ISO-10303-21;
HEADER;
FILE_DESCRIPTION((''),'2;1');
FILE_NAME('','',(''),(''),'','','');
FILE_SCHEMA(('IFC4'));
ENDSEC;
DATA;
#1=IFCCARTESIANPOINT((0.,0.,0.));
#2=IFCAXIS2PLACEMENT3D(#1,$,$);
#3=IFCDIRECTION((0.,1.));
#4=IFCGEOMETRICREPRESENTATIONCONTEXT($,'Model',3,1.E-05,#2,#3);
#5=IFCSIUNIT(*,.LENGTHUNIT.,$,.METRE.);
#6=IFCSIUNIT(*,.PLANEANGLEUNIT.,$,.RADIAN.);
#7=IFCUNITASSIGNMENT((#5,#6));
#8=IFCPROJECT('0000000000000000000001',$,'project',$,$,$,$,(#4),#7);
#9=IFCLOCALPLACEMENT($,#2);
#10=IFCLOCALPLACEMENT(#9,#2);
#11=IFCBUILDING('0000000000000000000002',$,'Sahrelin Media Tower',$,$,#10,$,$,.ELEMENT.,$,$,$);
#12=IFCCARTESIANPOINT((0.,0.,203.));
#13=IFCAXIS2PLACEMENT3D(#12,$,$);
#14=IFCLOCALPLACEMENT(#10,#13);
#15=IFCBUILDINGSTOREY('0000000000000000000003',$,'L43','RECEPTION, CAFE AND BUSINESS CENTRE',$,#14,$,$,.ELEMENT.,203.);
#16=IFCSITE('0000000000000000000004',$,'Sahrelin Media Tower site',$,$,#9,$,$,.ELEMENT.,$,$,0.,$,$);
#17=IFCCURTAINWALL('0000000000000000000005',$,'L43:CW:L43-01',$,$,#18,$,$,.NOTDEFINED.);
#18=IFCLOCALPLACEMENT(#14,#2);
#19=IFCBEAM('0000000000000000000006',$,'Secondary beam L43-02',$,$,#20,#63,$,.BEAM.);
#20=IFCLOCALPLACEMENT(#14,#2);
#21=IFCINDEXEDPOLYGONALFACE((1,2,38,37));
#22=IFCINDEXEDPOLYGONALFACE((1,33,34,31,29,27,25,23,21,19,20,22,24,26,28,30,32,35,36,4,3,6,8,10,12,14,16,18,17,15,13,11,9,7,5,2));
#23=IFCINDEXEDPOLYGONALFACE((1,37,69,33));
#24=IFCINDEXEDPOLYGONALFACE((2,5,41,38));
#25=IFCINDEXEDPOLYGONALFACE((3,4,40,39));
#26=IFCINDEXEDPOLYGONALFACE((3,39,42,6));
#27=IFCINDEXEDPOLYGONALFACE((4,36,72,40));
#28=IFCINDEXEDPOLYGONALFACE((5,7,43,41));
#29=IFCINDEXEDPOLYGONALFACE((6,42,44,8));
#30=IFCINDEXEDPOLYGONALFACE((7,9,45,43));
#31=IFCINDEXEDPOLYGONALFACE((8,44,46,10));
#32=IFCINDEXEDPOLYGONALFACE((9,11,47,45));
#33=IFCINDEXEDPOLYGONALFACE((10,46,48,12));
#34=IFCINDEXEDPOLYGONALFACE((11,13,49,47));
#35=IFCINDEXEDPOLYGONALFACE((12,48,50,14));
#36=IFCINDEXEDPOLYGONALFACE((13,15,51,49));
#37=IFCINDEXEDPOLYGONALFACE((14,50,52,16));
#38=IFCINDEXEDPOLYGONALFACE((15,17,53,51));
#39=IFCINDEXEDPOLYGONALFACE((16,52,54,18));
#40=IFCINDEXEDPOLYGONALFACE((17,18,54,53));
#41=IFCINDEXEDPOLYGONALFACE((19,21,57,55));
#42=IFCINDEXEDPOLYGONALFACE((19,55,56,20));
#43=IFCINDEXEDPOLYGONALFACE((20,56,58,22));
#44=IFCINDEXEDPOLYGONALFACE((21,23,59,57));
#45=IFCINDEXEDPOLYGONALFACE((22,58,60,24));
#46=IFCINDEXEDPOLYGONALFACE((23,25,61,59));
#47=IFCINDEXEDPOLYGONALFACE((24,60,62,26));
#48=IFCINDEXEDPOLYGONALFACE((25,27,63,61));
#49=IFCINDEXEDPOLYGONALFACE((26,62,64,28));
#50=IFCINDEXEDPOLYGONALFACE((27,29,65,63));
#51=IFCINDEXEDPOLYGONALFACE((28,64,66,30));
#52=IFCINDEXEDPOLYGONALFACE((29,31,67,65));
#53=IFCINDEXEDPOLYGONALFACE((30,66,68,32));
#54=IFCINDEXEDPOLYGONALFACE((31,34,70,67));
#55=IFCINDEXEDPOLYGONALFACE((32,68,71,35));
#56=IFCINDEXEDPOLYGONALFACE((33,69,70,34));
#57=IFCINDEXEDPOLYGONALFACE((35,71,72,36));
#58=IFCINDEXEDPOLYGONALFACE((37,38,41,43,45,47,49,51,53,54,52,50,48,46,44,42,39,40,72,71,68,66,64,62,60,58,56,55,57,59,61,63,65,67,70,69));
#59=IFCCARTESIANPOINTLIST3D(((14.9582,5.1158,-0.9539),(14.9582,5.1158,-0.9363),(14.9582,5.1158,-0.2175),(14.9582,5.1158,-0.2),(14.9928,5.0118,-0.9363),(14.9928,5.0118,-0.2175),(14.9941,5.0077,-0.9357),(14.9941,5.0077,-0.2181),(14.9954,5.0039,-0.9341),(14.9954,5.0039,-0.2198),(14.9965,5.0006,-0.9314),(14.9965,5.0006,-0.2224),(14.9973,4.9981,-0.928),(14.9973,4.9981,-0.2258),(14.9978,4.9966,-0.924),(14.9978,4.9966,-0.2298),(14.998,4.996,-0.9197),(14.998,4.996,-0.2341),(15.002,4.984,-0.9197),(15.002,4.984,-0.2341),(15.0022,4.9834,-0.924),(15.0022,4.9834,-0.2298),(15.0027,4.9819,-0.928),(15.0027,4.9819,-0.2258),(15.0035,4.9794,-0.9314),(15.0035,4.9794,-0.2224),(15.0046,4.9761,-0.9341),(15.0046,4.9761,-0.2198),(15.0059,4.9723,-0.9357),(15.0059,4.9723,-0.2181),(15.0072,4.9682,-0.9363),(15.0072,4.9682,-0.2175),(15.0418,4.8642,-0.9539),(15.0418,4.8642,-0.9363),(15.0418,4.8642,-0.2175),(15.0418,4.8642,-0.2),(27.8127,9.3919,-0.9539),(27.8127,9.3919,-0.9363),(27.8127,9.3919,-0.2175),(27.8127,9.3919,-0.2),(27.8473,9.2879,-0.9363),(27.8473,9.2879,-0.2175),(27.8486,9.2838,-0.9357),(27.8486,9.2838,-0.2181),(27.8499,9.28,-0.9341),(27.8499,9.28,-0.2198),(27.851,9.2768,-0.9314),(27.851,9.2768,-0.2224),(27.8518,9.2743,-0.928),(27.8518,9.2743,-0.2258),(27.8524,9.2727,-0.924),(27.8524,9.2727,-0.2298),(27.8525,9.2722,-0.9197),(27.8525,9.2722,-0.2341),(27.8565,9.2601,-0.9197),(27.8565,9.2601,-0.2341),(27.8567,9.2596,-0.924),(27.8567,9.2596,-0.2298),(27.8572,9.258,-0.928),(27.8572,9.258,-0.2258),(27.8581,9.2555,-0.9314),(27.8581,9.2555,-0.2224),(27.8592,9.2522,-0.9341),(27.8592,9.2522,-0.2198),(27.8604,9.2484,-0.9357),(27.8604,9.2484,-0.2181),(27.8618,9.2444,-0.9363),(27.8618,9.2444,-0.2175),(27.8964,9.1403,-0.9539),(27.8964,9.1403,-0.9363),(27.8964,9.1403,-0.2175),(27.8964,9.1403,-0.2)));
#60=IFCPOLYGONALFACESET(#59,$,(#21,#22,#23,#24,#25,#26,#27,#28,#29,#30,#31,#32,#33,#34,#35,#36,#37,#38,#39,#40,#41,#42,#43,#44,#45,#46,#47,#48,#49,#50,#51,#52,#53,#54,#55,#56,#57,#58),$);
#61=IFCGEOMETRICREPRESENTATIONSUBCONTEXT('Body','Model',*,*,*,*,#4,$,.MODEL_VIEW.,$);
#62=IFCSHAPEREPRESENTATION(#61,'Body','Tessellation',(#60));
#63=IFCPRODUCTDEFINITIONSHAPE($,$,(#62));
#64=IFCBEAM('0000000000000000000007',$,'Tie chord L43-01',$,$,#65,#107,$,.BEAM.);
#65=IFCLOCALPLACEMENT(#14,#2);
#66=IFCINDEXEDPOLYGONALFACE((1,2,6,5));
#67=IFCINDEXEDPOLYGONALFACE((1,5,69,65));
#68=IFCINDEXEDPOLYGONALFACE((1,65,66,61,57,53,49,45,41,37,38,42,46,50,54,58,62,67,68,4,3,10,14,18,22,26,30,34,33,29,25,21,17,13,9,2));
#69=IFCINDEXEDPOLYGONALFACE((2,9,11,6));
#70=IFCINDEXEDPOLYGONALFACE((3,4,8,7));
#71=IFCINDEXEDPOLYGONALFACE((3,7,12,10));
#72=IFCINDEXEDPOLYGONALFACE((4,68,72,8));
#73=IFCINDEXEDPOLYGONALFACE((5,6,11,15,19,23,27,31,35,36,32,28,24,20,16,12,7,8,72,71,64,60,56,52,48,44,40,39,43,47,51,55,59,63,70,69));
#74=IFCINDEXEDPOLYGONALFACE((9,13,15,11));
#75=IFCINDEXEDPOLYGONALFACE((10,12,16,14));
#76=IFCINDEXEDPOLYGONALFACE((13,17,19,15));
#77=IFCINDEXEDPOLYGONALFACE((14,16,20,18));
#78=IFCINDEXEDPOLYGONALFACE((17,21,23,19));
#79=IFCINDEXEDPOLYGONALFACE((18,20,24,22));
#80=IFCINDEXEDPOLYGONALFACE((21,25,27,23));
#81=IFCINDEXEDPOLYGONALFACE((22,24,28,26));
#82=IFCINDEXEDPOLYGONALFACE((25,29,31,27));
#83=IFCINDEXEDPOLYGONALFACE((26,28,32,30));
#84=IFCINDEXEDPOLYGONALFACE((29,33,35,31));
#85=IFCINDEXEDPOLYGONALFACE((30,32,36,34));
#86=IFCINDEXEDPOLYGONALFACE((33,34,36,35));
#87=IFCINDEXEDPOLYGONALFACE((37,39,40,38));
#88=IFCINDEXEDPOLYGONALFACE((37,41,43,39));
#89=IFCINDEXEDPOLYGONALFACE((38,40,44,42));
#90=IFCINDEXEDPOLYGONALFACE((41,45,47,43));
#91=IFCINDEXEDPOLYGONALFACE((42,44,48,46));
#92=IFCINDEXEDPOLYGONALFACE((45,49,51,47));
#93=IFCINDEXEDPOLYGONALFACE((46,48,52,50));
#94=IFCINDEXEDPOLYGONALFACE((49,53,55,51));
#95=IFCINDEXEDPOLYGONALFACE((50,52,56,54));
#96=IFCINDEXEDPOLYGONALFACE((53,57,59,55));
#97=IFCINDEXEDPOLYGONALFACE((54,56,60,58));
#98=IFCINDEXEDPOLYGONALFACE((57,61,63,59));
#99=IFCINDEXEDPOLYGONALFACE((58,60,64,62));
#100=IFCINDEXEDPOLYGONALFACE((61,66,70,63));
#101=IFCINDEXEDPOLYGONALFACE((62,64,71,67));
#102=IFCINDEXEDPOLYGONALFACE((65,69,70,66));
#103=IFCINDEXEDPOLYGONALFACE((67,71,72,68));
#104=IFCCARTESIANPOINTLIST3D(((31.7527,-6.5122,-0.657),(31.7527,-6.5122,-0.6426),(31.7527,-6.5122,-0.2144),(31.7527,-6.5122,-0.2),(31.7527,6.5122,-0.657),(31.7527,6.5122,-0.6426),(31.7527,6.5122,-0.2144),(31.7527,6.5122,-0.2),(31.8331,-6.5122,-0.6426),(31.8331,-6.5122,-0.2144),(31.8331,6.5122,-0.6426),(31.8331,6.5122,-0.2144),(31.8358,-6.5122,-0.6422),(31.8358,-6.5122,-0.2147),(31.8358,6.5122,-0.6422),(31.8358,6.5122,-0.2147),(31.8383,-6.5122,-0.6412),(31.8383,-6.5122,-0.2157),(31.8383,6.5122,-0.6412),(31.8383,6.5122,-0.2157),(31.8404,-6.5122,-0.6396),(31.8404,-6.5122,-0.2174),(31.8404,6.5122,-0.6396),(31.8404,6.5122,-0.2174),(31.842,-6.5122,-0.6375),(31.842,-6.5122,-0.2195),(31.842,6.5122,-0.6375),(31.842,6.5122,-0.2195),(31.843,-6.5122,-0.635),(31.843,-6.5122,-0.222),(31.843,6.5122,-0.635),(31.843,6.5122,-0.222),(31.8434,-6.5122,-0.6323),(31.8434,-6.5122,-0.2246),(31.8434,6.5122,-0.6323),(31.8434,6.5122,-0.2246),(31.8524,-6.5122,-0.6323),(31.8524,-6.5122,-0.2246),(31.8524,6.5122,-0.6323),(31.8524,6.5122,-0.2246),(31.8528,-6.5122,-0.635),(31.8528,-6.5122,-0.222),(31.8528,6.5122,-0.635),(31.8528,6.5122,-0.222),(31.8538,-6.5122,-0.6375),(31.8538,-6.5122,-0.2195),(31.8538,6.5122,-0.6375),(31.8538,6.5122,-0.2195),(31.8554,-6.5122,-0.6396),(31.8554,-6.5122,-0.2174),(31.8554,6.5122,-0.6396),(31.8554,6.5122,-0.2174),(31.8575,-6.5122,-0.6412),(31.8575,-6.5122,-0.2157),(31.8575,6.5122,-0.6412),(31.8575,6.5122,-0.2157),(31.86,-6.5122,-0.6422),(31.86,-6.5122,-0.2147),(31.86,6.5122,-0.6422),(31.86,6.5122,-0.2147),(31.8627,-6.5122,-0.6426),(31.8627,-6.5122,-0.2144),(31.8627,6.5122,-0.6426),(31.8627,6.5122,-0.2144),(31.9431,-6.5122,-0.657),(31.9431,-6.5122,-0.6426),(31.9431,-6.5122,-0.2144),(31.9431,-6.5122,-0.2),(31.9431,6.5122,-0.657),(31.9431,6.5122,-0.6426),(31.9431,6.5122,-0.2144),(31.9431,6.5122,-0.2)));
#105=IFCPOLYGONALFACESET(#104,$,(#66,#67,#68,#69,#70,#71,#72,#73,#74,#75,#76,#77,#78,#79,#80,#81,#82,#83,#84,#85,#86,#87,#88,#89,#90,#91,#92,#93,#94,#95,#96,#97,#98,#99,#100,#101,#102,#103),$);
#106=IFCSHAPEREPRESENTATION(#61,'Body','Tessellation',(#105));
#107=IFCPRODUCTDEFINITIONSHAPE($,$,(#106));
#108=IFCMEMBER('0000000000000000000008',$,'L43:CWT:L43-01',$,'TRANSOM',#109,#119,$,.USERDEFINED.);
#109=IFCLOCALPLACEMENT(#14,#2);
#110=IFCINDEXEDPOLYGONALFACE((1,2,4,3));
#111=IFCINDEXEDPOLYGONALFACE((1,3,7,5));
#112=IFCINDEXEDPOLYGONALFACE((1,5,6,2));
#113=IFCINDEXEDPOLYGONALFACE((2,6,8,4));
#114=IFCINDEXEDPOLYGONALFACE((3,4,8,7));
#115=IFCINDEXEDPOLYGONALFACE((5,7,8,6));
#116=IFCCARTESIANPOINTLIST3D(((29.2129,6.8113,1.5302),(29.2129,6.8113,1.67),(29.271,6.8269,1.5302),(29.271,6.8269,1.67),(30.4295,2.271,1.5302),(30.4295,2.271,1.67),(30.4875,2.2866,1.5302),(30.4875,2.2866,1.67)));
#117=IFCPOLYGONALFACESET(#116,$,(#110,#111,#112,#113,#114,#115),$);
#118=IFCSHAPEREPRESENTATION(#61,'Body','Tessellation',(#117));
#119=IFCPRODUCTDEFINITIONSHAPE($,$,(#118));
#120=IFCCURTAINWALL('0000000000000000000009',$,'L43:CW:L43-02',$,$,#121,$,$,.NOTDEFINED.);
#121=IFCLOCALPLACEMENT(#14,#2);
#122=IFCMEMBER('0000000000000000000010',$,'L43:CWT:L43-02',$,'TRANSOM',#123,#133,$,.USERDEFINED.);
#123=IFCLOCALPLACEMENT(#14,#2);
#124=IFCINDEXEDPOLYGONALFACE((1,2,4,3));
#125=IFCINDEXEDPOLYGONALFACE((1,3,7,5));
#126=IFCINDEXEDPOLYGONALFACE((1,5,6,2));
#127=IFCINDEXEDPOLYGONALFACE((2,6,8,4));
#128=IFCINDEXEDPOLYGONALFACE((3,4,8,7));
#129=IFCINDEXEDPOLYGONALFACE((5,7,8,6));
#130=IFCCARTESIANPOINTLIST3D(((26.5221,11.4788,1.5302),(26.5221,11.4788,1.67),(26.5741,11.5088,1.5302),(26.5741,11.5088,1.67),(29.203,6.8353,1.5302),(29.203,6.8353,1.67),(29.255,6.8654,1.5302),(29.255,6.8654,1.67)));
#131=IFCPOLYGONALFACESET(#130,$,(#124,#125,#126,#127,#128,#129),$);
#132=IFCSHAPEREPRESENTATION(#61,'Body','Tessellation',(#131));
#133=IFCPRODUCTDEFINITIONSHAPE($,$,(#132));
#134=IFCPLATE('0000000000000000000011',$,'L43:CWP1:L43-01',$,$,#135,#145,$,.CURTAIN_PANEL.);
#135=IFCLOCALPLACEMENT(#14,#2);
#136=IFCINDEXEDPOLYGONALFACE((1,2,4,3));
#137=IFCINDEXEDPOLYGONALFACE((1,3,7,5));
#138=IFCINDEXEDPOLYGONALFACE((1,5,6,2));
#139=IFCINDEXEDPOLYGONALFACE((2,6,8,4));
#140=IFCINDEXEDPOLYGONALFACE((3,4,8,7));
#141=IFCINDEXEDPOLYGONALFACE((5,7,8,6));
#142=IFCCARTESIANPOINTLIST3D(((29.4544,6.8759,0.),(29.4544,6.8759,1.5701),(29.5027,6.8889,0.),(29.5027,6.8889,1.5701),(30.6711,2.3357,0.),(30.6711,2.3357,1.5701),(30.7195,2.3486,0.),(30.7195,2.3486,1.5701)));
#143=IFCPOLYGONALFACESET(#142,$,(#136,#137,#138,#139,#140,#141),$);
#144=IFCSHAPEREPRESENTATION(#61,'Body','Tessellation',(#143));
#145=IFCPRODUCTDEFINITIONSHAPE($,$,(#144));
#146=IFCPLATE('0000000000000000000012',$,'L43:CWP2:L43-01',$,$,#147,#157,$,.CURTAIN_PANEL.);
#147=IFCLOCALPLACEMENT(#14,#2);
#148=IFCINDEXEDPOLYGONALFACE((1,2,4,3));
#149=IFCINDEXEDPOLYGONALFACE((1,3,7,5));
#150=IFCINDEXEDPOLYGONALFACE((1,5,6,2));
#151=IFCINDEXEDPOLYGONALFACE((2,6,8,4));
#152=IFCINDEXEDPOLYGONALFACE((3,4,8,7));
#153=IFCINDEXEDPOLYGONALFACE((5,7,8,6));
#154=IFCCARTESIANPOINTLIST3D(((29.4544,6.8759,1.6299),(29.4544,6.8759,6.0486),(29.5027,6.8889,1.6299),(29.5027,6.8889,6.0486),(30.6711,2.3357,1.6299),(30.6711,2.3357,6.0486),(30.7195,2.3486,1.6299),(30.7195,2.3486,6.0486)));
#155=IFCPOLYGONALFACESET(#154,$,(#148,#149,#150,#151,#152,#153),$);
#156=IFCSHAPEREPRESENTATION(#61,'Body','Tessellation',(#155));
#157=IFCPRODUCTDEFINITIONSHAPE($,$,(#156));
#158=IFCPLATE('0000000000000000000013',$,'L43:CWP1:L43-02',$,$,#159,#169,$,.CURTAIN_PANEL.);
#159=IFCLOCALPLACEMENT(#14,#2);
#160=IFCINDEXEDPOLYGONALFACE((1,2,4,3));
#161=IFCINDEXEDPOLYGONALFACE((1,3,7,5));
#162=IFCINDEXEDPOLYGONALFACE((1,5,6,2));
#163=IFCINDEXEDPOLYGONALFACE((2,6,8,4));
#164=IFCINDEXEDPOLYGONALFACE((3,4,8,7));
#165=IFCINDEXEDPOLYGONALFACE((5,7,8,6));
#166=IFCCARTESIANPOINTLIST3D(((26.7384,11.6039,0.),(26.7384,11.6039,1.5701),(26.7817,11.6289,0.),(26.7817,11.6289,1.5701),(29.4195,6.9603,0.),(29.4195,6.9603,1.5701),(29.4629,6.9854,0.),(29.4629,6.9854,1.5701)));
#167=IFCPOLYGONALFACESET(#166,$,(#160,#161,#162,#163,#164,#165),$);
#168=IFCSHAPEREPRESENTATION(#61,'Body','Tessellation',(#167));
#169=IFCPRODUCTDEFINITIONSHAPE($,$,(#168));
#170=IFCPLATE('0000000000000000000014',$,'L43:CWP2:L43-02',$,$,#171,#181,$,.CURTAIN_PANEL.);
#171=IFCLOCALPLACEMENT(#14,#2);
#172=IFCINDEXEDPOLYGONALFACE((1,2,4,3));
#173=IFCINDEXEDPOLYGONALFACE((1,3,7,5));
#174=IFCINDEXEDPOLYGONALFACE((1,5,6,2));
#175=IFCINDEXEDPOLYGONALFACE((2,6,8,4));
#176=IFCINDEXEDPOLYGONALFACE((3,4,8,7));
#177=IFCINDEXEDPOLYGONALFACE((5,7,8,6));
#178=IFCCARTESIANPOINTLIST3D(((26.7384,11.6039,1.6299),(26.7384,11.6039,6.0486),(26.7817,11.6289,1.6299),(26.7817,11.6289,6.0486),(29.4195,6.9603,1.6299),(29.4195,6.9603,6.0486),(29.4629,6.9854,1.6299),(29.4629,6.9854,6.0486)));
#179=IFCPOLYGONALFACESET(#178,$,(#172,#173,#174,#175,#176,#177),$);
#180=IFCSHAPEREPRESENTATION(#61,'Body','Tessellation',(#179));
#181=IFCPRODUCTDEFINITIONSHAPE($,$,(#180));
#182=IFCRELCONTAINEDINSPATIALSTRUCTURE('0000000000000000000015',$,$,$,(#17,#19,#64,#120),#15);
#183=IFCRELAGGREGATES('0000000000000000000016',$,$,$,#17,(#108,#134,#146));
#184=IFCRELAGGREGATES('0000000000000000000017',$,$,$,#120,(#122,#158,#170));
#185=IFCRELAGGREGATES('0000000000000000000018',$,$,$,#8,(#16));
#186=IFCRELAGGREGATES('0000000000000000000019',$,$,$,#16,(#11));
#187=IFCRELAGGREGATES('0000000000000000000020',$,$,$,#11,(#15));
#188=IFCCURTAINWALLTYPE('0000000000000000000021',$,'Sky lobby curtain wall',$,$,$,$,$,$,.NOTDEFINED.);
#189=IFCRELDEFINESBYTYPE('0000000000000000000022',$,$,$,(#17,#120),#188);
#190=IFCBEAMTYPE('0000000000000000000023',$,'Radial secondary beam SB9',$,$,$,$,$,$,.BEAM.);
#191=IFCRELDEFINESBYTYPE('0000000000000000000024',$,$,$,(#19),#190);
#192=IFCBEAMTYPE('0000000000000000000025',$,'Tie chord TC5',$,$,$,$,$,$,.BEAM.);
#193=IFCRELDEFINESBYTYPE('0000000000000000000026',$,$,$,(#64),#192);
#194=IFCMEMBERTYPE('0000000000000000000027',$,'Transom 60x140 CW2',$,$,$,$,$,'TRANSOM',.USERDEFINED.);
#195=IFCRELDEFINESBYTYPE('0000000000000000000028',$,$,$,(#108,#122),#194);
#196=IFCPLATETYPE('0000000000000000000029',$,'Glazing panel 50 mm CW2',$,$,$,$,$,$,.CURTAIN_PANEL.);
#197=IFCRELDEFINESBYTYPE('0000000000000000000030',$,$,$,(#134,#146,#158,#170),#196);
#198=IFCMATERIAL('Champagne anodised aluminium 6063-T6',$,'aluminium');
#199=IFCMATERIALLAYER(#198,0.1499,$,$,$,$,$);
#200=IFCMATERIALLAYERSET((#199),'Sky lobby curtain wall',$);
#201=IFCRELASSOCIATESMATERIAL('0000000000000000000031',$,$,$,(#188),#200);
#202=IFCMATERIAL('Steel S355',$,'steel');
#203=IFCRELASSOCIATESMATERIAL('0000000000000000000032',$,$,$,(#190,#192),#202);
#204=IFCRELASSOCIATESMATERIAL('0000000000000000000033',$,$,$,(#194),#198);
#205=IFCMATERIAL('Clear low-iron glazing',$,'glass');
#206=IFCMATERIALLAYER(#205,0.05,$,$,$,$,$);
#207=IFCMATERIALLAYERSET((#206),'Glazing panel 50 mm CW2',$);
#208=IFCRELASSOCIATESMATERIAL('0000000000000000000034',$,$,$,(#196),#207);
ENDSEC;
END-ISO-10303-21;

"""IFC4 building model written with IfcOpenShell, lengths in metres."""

from ifc_helpers import new_model, si_unit, direction, frame, origin, origin_2d, place, context, subcontext, project, spatial, polyline, rectangle, i_section, outline, extrude, material, layer, layer_set, material_profile, profile_set, type_object, element, aggregate, save


model = new_model("IFC4")

# Units and contexts
model_context = context("Model", 3, precision=1e-05, world=origin(), true_north=direction((0.0, 1.0)))
body_context = subcontext(model_context, "Body", "Model", "MODEL_VIEW")
ifc_project = project(units=[si_unit("LENGTHUNIT", "METRE"), si_unit("PLANEANGLEUNIT", "RADIAN")], contexts=[model_context])

# Site, building, storey
site_placement = place(None, origin())
site = spatial("IfcSite", under=ifc_project, at=site_placement, Name="Sahrelin Media Tower site", CompositionType="ELEMENT", RefElevation=0.0)
building_placement = place(site_placement, origin())
building = spatial("IfcBuilding", under=site, at=building_placement, Name="Sahrelin Media Tower", CompositionType="ELEMENT")
storey_placement = place(building_placement, frame((0.0, 0.0, 203.0)))
storey = spatial("IfcBuildingStorey", under=building, at=storey_placement, Name="L43", Description="RECEPTION, CAFE AND BUSINESS CENTRE", CompositionType="ELEMENT", Elevation=203.0)

# Shared definitions
ifc_material_1 = material(Name="Steel S355", Category="steel")

# Curtain wall
ifc_material_2 = material(Name="Champagne anodised aluminium 6063-T6", Category="aluminium")
ifc_layer_1 = layer(ifc_material_2, 0.1499)
ifc_layer_set_1 = layer_set([ifc_layer_1], Name="Sky lobby curtain wall")
curtain_wall_type = type_object("IfcCurtainWallType", Name="Sky lobby curtain wall", PredefinedType="NOTDEFINED", material=ifc_layer_set_1)
curtain_wall_1_placement = place(storey_placement, frame((30.0918, 4.6135, 0.0), z_axis=(0.0, 0.0, 1.0), x_axis=(1.0, 0.0, 0.0)))
curtain_wall_1 = element("IfcCurtainWall", 1, at=curtain_wall_1_placement, inside=storey, type_object=curtain_wall_type, Name="L43:CW:L43-01", PredefinedType="NOTDEFINED")

# Beams
ifc_material_profile_1 = material_profile(ifc_material_1, i_section(OverallWidth=0.2651, OverallDepth=0.7539, WebThickness=0.0127, FlangeThickness=0.0176, FilletRadius=0.0166, at=origin_2d()), Name="UB 762x267x147")
ifc_profile_set_1 = profile_set([ifc_material_profile_1], Name="Steel S355")
beam_type_1 = type_object("IfcBeamType", Name="Radial secondary beam SB9", PredefinedType="BEAM", material=ifc_profile_set_1)
beam_1_placement = place(storey_placement, frame((15.0, 4.99, -0.5769), z_axis=(0.948876, 0.315649, 0.0), x_axis=(-0.315649, 0.948876, 0.0)))
element("IfcBeam", 2, at=beam_1_placement, inside=storey, type_object=beam_type_1, Name="Secondary beam L43-02", PredefinedType="BEAM", context=body_context, shape_type="SweptSolid", body=[
    extrude(i_section(OverallWidth=0.2651, OverallDepth=0.7539, WebThickness=0.0127, FlangeThickness=0.0176, FilletRadius=0.0166, at=origin_2d()), origin(), (0.0, 0.0, 1.0), 13.5471),
])
ifc_material_profile_2 = material_profile(ifc_material_1, i_section(OverallWidth=0.1904, OverallDepth=0.457, WebThickness=0.009, FlangeThickness=0.0144, FilletRadius=0.0103, at=origin_2d()), Name="UB 457x191x74")
ifc_profile_set_2 = profile_set([ifc_material_profile_2], Name="Steel S355")
beam_type_2 = type_object("IfcBeamType", Name="Tie chord TC5", PredefinedType="BEAM", material=ifc_profile_set_2)
beam_2_placement = place(storey_placement, frame((31.8479, 6.5122, -0.4285), z_axis=(0.0, -1.0, 0.0), x_axis=(1.0, 0.0, 0.0)))
element("IfcBeam", 3, at=beam_2_placement, inside=storey, type_object=beam_type_2, Name="Tie chord L43-01", PredefinedType="BEAM", context=body_context, shape_type="SweptSolid", body=[
    extrude(i_section(OverallWidth=0.1904, OverallDepth=0.457, WebThickness=0.009, FlangeThickness=0.0144, FilletRadius=0.0103, at=origin_2d()), origin(), (0.0, 0.0, 1.0), 13.0244),
])

# Member
ifc_material_profile_3 = material_profile(ifc_material_2, rectangle(XDim=0.0601, YDim=0.1399, at=origin_2d()), Name="Transom 60x140")
ifc_profile_set_3 = profile_set([ifc_material_profile_3], Name="Champagne anodised aluminium 6063-T6")
member_type_1 = type_object("IfcMemberType", Name="Transom 60x140 CW2", ElementType="TRANSOM", PredefinedType="USERDEFINED", material=ifc_profile_set_3)
member_1_placement = place(storey_placement, frame((30.4585, 2.2788, 1.6001), z_axis=(-0.258817, 0.965926, 0.0), x_axis=(-0.965926, -0.258817, 0.0)))
member_1 = element("IfcMember", 4, at=member_1_placement, type_object=member_type_1, Name="L43:CWT:L43-01", ObjectType="TRANSOM", PredefinedType="USERDEFINED", context=body_context, shape_type="SweptSolid", body=[
    extrude(rectangle(XDim=0.0601, YDim=0.1399, at=origin_2d()), origin(), (0.0, 0.0, 1.0), 4.7004),
])

# Curtain wall, member
curtain_wall_2_placement = place(storey_placement, frame((28.105, 9.2971, 0.0), z_axis=(0.0, 0.0, 1.0), x_axis=(1.0, 0.0, 0.0)))
curtain_wall_2 = element("IfcCurtainWall", 5, at=curtain_wall_2_placement, inside=storey, type_object=curtain_wall_type, Name="L43:CW:L43-02", PredefinedType="NOTDEFINED")
member_2_placement = place(storey_placement, frame((29.229, 6.8503, 1.6001), z_axis=(-0.499993, 0.866029, 0.0), x_axis=(-0.866029, -0.499993, 0.0)))
member_2 = element("IfcMember", 6, at=member_2_placement, type_object=member_type_1, Name="L43:CWT:L43-02", ObjectType="TRANSOM", PredefinedType="USERDEFINED", context=body_context, shape_type="SweptSolid", body=[
    extrude(rectangle(XDim=0.0601, YDim=0.1399, at=origin_2d()), origin(), (0.0, 0.0, 1.0), 5.3618),
])

# Plates
ifc_material_3 = material(Name="Clear low-iron glazing", Category="glass")
ifc_layer_2 = layer(ifc_material_3, 0.05)
ifc_layer_set_2 = layer_set([ifc_layer_2], Name="Glazing panel 50 mm CW2")
plate_type = type_object("IfcPlateType", Name="Glazing panel 50 mm CW2", PredefinedType="CURTAIN_PANEL", material=ifc_layer_set_2)
plate_1_placement = place(storey_placement, frame((30.7195, 2.3486, 0.0), z_axis=(0.965914, 0.258865, 0.0), x_axis=(-0.258865, 0.965914, 0.0)))
plate_1 = element("IfcPlate", 7, at=plate_1_placement, type_object=plate_type, Name="L43:CWP1:L43-01", PredefinedType="CURTAIN_PANEL", context=body_context, shape_type="SweptSolid", body=[
    extrude(outline(polyline([(0.0, 0.0), (4.7004, 0.0), (4.7004, 1.5701), (0.0, 1.5701), (0.0, 0.0)])), origin(), (0.0, 0.0, -1.0), 0.05),
])
plate_2_placement = place(storey_placement, frame((30.7195, 2.3486, 1.6299), z_axis=(0.965914, 0.258865, 0.0), x_axis=(-0.258865, 0.965914, 0.0)))
plate_2 = element("IfcPlate", 8, at=plate_2_placement, type_object=plate_type, Name="L43:CWP2:L43-01", PredefinedType="CURTAIN_PANEL", context=body_context, shape_type="SweptSolid", body=[
    extrude(outline(polyline([(0.0, 0.0), (4.7004, 0.0), (4.7004, 4.4187), (0.0, 4.4187), (0.0, 0.0)])), origin(), (0.0, 0.0, -1.0), 0.05),
])
aggregate(curtain_wall_1, [member_1, plate_1, plate_2])
plate_3_placement = place(storey_placement, frame((29.4629, 6.9854, 0.0), z_axis=(0.86601, 0.500027, 0.0), x_axis=(-0.500027, 0.86601, 0.0)))
plate_3 = element("IfcPlate", 9, at=plate_3_placement, type_object=plate_type, Name="L43:CWP1:L43-02", PredefinedType="CURTAIN_PANEL", context=body_context, shape_type="SweptSolid", body=[
    extrude(outline(polyline([(0.0, 0.0), (5.3621, 0.0), (5.3621, 1.5701), (0.0, 1.5701), (0.0, 0.0)])), origin(), (0.0, 0.0, -1.0), 0.05),
])
plate_4_placement = place(storey_placement, frame((29.4629, 6.9854, 1.6299), z_axis=(0.86601, 0.500027, 0.0), x_axis=(-0.500027, 0.86601, 0.0)))
plate_4 = element("IfcPlate", 10, at=plate_4_placement, type_object=plate_type, Name="L43:CWP2:L43-02", PredefinedType="CURTAIN_PANEL", context=body_context, shape_type="SweptSolid", body=[
    extrude(outline(polyline([(0.0, 0.0), (5.3621, 0.0), (5.3621, 4.4187), (0.0, 4.4187), (0.0, 0.0)])), origin(), (0.0, 0.0, -1.0), 0.05),
])
aggregate(curtain_wall_2, [member_2, plate_3, plate_4])

save(model, "model.ifc")
